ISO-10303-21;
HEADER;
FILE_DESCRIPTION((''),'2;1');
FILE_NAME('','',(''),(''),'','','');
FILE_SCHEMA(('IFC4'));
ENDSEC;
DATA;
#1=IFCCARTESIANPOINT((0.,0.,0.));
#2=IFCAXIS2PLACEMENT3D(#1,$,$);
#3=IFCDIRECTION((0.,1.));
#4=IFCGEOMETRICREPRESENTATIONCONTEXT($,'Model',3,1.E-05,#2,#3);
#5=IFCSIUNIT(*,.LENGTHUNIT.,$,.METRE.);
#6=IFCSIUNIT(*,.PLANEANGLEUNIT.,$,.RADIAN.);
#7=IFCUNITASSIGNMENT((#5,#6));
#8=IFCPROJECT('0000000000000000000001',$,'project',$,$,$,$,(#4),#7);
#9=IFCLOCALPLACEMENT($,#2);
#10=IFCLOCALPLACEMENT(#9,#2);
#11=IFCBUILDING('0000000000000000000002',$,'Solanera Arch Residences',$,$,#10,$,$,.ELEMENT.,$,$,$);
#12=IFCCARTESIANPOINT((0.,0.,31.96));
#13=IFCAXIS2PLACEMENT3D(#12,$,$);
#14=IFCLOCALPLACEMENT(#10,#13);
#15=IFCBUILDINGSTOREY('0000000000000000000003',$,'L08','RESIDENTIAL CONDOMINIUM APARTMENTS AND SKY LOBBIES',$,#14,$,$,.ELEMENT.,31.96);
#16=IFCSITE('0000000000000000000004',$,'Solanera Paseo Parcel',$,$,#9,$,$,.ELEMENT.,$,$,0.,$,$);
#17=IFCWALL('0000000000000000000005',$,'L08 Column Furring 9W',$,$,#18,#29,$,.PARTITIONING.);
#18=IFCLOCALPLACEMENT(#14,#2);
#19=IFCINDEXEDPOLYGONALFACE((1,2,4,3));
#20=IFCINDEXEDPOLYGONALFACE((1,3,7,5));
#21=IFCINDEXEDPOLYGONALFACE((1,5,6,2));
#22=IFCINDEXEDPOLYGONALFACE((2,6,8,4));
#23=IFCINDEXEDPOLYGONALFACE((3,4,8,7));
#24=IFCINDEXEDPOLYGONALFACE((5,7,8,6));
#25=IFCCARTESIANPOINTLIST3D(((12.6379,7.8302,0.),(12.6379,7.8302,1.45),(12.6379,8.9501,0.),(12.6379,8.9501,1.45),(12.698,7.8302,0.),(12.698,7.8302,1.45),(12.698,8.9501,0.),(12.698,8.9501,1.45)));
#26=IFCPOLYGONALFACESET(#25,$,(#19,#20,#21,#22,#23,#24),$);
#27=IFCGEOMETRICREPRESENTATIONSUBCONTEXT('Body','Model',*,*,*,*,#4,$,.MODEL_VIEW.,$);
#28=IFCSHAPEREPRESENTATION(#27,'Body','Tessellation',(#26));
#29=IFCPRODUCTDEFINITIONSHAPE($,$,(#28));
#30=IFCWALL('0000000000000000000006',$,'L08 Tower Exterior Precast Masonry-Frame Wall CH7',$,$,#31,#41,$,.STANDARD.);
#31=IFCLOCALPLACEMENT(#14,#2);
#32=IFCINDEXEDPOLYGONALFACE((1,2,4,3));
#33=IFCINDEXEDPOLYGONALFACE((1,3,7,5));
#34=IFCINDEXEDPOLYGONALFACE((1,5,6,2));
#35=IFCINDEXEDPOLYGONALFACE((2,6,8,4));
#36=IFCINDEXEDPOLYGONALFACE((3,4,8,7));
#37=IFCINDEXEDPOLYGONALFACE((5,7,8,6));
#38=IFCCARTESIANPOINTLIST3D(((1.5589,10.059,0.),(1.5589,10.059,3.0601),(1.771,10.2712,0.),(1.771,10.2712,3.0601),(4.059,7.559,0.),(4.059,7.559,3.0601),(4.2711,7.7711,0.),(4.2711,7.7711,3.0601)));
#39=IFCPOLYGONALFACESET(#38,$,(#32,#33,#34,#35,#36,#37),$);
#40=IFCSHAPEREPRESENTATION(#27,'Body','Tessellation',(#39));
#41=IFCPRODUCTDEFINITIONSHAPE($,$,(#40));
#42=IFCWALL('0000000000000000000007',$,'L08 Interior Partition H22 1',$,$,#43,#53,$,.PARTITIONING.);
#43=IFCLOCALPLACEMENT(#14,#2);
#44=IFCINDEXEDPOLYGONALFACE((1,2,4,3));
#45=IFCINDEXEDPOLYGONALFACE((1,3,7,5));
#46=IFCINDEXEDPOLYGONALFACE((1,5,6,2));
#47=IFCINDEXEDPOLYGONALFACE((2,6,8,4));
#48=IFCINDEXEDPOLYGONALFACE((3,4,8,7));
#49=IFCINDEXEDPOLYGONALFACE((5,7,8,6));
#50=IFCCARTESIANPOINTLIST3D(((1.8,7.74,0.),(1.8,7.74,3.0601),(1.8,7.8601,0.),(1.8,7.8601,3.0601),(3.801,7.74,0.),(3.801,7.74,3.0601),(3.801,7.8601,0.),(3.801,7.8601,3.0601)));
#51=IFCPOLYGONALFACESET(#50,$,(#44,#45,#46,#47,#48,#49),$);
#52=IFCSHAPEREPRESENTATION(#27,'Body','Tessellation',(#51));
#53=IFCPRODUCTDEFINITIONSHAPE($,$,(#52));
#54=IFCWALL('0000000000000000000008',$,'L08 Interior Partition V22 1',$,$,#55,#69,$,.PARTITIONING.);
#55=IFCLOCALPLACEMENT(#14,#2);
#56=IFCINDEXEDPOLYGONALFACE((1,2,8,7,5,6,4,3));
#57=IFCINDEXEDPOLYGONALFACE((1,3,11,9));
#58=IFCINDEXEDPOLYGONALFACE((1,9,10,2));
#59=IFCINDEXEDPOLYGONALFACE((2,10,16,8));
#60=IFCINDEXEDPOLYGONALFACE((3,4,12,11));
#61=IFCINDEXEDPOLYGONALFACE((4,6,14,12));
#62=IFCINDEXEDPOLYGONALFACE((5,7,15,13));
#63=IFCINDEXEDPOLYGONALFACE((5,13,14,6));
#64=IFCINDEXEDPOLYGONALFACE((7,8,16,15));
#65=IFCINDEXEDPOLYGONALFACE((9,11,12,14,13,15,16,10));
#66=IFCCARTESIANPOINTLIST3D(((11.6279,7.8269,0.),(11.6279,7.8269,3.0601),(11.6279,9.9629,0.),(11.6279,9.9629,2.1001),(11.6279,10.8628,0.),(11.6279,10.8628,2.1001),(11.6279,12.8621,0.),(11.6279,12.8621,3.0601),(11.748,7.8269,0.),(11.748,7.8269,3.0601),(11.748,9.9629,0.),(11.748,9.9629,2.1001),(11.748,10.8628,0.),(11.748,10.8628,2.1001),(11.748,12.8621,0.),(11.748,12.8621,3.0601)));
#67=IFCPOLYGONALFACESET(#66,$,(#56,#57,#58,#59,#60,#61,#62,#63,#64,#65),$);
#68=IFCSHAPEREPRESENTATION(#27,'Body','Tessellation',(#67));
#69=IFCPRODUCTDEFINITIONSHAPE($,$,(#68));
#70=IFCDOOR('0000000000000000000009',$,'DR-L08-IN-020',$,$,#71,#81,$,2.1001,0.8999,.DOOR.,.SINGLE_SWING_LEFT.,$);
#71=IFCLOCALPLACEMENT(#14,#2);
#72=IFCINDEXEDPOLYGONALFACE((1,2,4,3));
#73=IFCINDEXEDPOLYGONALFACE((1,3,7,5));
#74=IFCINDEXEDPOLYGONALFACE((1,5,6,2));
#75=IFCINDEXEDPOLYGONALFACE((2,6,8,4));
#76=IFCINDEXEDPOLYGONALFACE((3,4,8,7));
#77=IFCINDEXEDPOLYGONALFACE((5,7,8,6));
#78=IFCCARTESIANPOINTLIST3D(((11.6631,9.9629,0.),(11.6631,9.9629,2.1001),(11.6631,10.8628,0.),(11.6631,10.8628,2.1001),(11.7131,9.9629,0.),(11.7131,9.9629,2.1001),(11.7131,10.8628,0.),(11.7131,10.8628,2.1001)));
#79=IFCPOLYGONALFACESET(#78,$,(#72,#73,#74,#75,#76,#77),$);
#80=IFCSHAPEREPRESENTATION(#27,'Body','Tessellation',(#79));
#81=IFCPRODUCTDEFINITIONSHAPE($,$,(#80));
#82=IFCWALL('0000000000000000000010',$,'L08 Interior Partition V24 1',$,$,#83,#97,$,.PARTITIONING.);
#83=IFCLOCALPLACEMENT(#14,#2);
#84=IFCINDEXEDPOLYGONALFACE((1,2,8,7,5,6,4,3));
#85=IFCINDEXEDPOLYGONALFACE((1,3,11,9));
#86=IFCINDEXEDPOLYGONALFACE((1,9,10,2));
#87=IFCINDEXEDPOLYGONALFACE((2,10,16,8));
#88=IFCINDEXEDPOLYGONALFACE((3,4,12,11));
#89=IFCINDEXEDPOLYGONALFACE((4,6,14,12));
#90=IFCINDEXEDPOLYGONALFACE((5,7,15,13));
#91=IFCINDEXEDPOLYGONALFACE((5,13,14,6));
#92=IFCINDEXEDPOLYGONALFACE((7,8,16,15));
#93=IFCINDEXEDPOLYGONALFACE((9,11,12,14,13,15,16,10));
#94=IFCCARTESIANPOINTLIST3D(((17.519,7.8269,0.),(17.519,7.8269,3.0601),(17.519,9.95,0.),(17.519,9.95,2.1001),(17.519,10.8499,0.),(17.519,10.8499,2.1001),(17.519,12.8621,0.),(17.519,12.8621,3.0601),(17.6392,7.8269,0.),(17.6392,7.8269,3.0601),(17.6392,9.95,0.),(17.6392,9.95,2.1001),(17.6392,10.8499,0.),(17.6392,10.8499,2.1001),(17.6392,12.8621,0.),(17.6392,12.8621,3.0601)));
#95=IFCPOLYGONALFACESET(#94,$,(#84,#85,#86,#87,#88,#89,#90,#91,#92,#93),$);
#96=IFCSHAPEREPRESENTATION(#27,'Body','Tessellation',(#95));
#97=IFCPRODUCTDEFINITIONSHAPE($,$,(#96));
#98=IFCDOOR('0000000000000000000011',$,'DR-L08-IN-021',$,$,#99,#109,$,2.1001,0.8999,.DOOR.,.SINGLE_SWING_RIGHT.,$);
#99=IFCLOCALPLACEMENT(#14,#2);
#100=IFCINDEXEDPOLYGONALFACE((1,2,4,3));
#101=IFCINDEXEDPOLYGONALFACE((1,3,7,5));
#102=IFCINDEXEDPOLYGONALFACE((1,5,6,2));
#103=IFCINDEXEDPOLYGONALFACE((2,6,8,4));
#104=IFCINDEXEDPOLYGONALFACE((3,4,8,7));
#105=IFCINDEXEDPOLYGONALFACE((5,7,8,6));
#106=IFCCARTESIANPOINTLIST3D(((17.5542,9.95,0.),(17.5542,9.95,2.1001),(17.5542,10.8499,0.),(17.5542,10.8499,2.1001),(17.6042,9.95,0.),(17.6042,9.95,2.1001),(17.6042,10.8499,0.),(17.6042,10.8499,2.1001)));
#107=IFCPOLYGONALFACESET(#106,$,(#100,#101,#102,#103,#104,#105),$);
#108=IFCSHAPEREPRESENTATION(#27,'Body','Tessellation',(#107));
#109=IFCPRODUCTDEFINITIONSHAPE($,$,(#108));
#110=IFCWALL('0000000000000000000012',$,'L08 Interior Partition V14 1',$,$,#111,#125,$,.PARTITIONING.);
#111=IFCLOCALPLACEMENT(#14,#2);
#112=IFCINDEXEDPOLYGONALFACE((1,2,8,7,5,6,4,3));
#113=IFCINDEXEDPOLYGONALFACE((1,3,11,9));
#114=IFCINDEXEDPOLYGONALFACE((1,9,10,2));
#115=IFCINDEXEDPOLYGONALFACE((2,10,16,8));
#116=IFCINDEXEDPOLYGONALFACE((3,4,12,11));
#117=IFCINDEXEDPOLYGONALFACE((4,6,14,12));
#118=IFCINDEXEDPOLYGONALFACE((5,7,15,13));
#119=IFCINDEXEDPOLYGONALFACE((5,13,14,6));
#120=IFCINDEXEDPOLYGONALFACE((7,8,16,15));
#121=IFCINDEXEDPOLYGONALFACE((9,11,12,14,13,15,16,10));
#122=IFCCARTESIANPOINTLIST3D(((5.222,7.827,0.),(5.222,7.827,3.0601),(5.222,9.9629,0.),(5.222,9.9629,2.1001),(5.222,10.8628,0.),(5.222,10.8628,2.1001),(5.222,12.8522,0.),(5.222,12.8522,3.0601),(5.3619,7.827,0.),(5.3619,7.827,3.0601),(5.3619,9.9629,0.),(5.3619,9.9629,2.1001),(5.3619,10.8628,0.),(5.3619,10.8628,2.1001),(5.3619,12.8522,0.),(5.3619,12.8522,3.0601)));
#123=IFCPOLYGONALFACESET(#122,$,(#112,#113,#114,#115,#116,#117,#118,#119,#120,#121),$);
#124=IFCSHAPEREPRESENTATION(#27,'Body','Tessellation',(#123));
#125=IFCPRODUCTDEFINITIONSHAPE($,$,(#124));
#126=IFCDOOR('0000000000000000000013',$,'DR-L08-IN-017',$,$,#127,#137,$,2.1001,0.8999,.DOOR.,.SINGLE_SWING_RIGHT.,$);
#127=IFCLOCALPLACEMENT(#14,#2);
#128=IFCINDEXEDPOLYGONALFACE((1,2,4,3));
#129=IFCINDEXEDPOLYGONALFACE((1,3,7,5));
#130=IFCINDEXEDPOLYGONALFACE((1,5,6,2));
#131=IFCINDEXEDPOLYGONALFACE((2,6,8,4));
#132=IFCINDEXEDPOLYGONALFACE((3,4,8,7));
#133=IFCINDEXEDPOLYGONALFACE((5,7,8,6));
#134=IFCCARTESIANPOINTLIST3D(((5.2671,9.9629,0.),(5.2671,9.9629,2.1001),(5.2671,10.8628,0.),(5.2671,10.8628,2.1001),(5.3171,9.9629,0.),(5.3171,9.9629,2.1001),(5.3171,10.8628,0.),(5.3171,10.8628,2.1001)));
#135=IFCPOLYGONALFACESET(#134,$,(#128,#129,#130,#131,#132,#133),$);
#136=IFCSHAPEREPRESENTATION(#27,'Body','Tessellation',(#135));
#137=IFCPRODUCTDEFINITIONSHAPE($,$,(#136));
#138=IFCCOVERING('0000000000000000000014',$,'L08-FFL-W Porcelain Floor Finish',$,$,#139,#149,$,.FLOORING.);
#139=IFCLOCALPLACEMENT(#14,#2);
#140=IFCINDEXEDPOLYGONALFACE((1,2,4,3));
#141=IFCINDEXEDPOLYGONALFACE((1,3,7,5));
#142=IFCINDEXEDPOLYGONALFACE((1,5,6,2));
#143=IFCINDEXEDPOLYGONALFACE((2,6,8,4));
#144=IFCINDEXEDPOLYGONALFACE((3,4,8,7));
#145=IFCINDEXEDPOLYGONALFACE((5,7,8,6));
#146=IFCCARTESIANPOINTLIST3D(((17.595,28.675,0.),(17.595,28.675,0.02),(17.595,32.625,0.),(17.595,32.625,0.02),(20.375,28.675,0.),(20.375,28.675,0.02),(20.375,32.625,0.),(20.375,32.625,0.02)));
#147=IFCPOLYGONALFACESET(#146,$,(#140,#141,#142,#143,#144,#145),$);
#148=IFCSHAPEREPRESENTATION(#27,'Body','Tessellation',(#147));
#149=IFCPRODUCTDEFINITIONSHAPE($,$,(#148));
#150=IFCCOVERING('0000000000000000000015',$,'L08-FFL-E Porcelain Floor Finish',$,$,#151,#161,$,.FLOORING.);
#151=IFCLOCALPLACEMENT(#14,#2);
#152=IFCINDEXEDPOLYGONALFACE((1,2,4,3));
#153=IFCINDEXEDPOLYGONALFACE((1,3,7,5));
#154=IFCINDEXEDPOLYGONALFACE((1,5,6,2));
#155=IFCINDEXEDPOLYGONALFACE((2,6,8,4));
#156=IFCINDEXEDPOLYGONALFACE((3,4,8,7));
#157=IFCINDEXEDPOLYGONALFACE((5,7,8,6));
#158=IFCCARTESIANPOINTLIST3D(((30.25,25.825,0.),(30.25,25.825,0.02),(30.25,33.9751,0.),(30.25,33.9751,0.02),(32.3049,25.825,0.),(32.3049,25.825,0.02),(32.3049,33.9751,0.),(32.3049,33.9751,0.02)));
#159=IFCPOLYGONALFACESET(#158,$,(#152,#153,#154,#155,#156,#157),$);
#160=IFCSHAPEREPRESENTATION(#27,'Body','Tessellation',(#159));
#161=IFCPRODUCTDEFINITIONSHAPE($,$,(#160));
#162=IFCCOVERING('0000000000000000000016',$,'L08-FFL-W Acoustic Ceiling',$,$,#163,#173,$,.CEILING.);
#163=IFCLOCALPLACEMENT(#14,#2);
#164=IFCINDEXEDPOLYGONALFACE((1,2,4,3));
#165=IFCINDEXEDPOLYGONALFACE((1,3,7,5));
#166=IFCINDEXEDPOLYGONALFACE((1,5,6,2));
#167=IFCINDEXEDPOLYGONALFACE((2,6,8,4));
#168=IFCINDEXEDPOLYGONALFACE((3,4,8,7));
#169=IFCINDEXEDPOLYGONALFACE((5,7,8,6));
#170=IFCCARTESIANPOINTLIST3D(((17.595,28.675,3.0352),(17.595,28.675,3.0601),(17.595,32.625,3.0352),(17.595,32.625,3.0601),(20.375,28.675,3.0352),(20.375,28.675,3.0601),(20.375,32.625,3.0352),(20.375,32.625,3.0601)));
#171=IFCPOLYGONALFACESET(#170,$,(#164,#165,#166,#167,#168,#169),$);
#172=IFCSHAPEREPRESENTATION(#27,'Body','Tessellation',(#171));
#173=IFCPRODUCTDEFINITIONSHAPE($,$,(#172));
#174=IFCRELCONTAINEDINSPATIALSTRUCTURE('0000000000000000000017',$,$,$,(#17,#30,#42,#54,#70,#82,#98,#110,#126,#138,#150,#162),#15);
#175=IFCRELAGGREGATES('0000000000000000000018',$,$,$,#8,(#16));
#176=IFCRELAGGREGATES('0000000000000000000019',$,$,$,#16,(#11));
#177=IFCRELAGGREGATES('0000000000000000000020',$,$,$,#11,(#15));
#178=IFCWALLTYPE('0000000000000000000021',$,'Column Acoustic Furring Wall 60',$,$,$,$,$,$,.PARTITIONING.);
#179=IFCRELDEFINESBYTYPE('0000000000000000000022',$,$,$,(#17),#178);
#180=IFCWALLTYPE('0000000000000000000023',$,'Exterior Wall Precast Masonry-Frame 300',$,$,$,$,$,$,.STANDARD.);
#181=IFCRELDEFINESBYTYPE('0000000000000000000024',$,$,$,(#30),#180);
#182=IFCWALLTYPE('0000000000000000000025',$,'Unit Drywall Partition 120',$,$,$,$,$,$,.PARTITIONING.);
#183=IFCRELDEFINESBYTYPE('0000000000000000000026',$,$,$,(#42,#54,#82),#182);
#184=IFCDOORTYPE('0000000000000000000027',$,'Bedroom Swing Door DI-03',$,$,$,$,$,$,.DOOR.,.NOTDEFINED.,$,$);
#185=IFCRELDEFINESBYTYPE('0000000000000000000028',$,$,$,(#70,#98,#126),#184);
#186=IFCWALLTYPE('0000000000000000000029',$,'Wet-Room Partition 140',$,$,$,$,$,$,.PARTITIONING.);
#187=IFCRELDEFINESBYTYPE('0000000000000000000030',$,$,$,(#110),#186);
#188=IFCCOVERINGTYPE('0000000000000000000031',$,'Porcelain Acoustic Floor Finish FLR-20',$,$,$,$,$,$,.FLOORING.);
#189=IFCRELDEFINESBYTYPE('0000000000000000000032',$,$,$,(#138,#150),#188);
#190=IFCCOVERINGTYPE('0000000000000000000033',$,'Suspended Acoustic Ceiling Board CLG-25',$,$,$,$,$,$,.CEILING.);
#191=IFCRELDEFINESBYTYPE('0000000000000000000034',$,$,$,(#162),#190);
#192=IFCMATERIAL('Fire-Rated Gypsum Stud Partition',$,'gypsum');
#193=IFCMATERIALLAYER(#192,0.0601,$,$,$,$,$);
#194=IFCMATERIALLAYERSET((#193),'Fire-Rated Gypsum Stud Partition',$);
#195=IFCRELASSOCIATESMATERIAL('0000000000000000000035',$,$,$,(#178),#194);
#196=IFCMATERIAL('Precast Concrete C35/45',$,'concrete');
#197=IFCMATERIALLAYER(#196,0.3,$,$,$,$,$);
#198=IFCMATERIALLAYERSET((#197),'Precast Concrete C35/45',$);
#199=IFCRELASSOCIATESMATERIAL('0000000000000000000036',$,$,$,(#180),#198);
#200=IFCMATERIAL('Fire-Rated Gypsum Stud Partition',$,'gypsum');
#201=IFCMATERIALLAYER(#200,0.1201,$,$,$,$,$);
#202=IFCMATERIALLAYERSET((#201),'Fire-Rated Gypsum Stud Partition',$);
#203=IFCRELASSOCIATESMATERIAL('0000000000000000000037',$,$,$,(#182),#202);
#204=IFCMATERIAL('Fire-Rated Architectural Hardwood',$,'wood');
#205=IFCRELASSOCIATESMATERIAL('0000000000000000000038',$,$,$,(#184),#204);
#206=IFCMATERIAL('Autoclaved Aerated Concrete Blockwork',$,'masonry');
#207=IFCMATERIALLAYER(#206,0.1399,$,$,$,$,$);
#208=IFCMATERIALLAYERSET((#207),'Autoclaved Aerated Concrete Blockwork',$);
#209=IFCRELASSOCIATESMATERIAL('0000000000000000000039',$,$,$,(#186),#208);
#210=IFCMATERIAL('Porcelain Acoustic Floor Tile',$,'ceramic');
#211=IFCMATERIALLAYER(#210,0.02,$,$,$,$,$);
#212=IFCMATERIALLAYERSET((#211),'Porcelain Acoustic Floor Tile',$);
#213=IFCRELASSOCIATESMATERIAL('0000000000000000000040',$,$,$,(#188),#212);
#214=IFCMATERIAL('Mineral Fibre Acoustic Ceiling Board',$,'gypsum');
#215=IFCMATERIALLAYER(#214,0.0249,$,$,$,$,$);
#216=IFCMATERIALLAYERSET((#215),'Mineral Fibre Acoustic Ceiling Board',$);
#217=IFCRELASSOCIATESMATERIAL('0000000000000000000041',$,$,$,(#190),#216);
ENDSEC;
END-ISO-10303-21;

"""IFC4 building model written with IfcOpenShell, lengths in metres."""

from ifc_helpers import new_model, si_unit, direction, frame, frame_2d, origin, place, context, subcontext, project, spatial, polyline, rectangle, outline, extrude, material, layer, layer_set, type_object, element, fill, save


model = new_model("IFC4")

# Units and contexts
model_context = context("Model", 3, precision=1e-05, world=origin(), true_north=direction((0.0, 1.0)))
body_context = subcontext(model_context, "Body", "Model", "MODEL_VIEW")
ifc_project = project(units=[si_unit("LENGTHUNIT", "METRE"), si_unit("PLANEANGLEUNIT", "RADIAN")], contexts=[model_context])

# Site, building, storey
site_placement = place(None, origin())
site = spatial("IfcSite", under=ifc_project, at=site_placement, Name="Solanera Paseo Parcel", CompositionType="ELEMENT", RefElevation=0.0)
building_placement = place(site_placement, origin())
building = spatial("IfcBuilding", under=site, at=building_placement, Name="Solanera Arch Residences", CompositionType="ELEMENT")
storey_placement = place(building_placement, frame((0.0, 0.0, 31.96)))
storey = spatial("IfcBuildingStorey", under=building, at=storey_placement, Name="L08", Description="RESIDENTIAL CONDOMINIUM APARTMENTS AND SKY LOBBIES", CompositionType="ELEMENT", Elevation=31.96)

# Walls
ifc_material_1 = material(Name="Fire-Rated Gypsum Stud Partition", Category="gypsum")
ifc_layer_1 = layer(ifc_material_1, 0.0601)
ifc_layer_set_1 = layer_set([ifc_layer_1], Name="Fire-Rated Gypsum Stud Partition")
wall_type_1 = type_object("IfcWallType", Name="Column Acoustic Furring Wall 60", PredefinedType="PARTITIONING", material=ifc_layer_set_1)
wall_1_placement = place(storey_placement, frame((12.668, 7.8301, 0.0), z_axis=(0.0, 0.0, 1.0), x_axis=(0.0, 1.0, 0.0)))
element("IfcWall", 1, at=wall_1_placement, inside=storey, type_object=wall_type_1, Name="L08 Column Furring 9W", PredefinedType="PARTITIONING", context=body_context, shape_type="SweptSolid", body=[
    extrude(rectangle(XDim=1.1199, YDim=0.0601, at=frame_2d((0.5601, 0.0))), origin(), (0.0, 0.0, 1.0), 1.45),
])
ifc_material_2 = material(Name="Precast Concrete C35/45", Category="concrete")
ifc_layer_2 = layer(ifc_material_2, 0.3)
ifc_layer_set_2 = layer_set([ifc_layer_2], Name="Precast Concrete C35/45")
wall_type_2 = type_object("IfcWallType", Name="Exterior Wall Precast Masonry-Frame 300", PredefinedType="STANDARD", material=ifc_layer_set_2)
wall_2_placement = place(storey_placement, frame((4.165, 7.665, 0.0), z_axis=(0.0, 0.0, 1.0), x_axis=(-0.707107, 0.707107, 0.0)))
element("IfcWall", 2, at=wall_2_placement, inside=storey, type_object=wall_type_2, Name="L08 Tower Exterior Precast Masonry-Frame Wall CH7", PredefinedType="STANDARD", context=body_context, shape_type="SweptSolid", body=[
    extrude(rectangle(XDim=3.5356, YDim=0.3, at=frame_2d((1.7678, 0.0))), origin(), (0.0, 0.0, 1.0), 3.0601),
])
ifc_material_3 = material(Name="Fire-Rated Gypsum Stud Partition", Category="gypsum")
ifc_layer_3 = layer(ifc_material_3, 0.1201)
ifc_layer_set_3 = layer_set([ifc_layer_3], Name="Fire-Rated Gypsum Stud Partition")
wall_type_3 = type_object("IfcWallType", Name="Unit Drywall Partition 120", PredefinedType="PARTITIONING", material=ifc_layer_set_3)
wall_3_placement = place(storey_placement, frame((1.8, 7.8, 0.0), z_axis=(0.0, 0.0, 1.0), x_axis=(1.0, 0.0, 0.0)))
element("IfcWall", 3, at=wall_3_placement, inside=storey, type_object=wall_type_3, Name="L08 Interior Partition H22 1", PredefinedType="PARTITIONING", context=body_context, shape_type="SweptSolid", body=[
    extrude(rectangle(XDim=2.001, YDim=0.1201, at=frame_2d((1.0005, 0.0))), origin(), (0.0, 0.0, 1.0), 3.0601),
])

# Walls, openings, doors
wall_4_placement = place(storey_placement, frame((11.688, 7.8269, 0.0), z_axis=(0.0, 0.0, 1.0), x_axis=(0.0, 1.0, 0.0)))
wall_4 = element("IfcWall", 4, at=wall_4_placement, inside=storey, type_object=wall_type_3, Name="L08 Interior Partition V22 1", PredefinedType="PARTITIONING", context=body_context, shape_type="SweptSolid", body=[
    extrude(rectangle(XDim=5.0352, YDim=0.1201, at=frame_2d((2.5176, 0.0))), origin(), (0.0, 0.0, 1.0), 3.0601),
])
opening_1_placement = place(wall_4_placement, frame((2.136, 0.0, 0.0)))
opening_1 = element("IfcOpeningElement", 5, at=opening_1_placement, cuts=wall_4, PredefinedType="OPENING", context=body_context, shape_type="SweptSolid", body=[
    extrude(rectangle(XDim=0.8999, YDim=2.1001, at=frame_2d((0.45, 1.05))), frame((0.0, 0.0701, 0.0), z_axis=(0.0, -1.0, 0.0), x_axis=(1.0, 0.0, 0.0)), (0.0, 0.0, 1.0), 0.1401),
])
ifc_material_4 = material(Name="Fire-Rated Architectural Hardwood", Category="wood")
door_type = type_object("IfcDoorType", Name="Bedroom Swing Door DI-03", OperationType="NOTDEFINED", PredefinedType="DOOR", material=ifc_material_4)
door_1_placement = place(opening_1_placement, origin())
door_1 = element("IfcDoor", 6, at=door_1_placement, inside=storey, type_object=door_type, Name="DR-L08-IN-020", OperationType="SINGLE_SWING_LEFT", OverallHeight=2.1001, OverallWidth=0.8999, PredefinedType="DOOR", context=body_context, shape_type="SweptSolid", body=[
    extrude(rectangle(XDim=0.8999, YDim=2.1001, at=frame_2d((0.45, 1.05))), frame((0.0, 0.0249, 0.0), z_axis=(0.0, -1.0, 0.0), x_axis=(1.0, 0.0, 0.0)), (0.0, 0.0, 1.0), 0.05),
])
fill(opening_1, door_1)
wall_5_placement = place(storey_placement, frame((17.5791, 7.8269, 0.0), z_axis=(0.0, 0.0, 1.0), x_axis=(0.0, 1.0, 0.0)))
wall_5 = element("IfcWall", 7, at=wall_5_placement, inside=storey, type_object=wall_type_3, Name="L08 Interior Partition V24 1", PredefinedType="PARTITIONING", context=body_context, shape_type="SweptSolid", body=[
    extrude(rectangle(XDim=5.0352, YDim=0.1201, at=frame_2d((2.5176, 0.0))), origin(), (0.0, 0.0, 1.0), 3.0601),
])
opening_2_placement = place(wall_5_placement, frame((2.123, 0.0, 0.0)))
opening_2 = element("IfcOpeningElement", 8, at=opening_2_placement, cuts=wall_5, PredefinedType="OPENING", context=body_context, shape_type="SweptSolid", body=[
    extrude(rectangle(XDim=0.8999, YDim=2.1001, at=frame_2d((0.45, 1.05))), frame((0.0, 0.0701, 0.0), z_axis=(0.0, -1.0, 0.0), x_axis=(1.0, 0.0, 0.0)), (0.0, 0.0, 1.0), 0.1401),
])
door_2_placement = place(opening_2_placement, origin())
door_2 = element("IfcDoor", 9, at=door_2_placement, inside=storey, type_object=door_type, Name="DR-L08-IN-021", OperationType="SINGLE_SWING_RIGHT", OverallHeight=2.1001, OverallWidth=0.8999, PredefinedType="DOOR", context=body_context, shape_type="SweptSolid", body=[
    extrude(rectangle(XDim=0.8999, YDim=2.1001, at=frame_2d((0.45, 1.05))), frame((0.0, 0.0249, 0.0), z_axis=(0.0, -1.0, 0.0), x_axis=(1.0, 0.0, 0.0)), (0.0, 0.0, 1.0), 0.05),
])
fill(opening_2, door_2)
ifc_material_5 = material(Name="Autoclaved Aerated Concrete Blockwork", Category="masonry")
ifc_layer_4 = layer(ifc_material_5, 0.1399)
ifc_layer_set_4 = layer_set([ifc_layer_4], Name="Autoclaved Aerated Concrete Blockwork")
wall_type_4 = type_object("IfcWallType", Name="Wet-Room Partition 140", PredefinedType="PARTITIONING", material=ifc_layer_set_4)
wall_6_placement = place(storey_placement, frame((5.292, 7.8269, 0.0), z_axis=(0.0, 0.0, 1.0), x_axis=(0.0, 1.0, 0.0)))
wall_6 = element("IfcWall", 10, at=wall_6_placement, inside=storey, type_object=wall_type_4, Name="L08 Interior Partition V14 1", PredefinedType="PARTITIONING", context=body_context, shape_type="SweptSolid", body=[
    extrude(rectangle(XDim=5.0251, YDim=0.1399, at=frame_2d((2.5127, 0.0))), origin(), (0.0, 0.0, 1.0), 3.0601),
])
opening_3_placement = place(wall_6_placement, frame((2.136, 0.0, 0.0)))
opening_3 = element("IfcOpeningElement", 11, at=opening_3_placement, cuts=wall_6, PredefinedType="OPENING", context=body_context, shape_type="SweptSolid", body=[
    extrude(rectangle(XDim=0.8999, YDim=2.1001, at=frame_2d((0.45, 1.05))), frame((0.0, 0.0798, 0.0), z_axis=(0.0, -1.0, 0.0), x_axis=(1.0, 0.0, 0.0)), (0.0, 0.0, 1.0), 0.1599),
])
door_3_placement = place(opening_3_placement, origin())
door_3 = element("IfcDoor", 12, at=door_3_placement, inside=storey, type_object=door_type, Name="DR-L08-IN-017", OperationType="SINGLE_SWING_RIGHT", OverallHeight=2.1001, OverallWidth=0.8999, PredefinedType="DOOR", context=body_context, shape_type="SweptSolid", body=[
    extrude(rectangle(XDim=0.8999, YDim=2.1001, at=frame_2d((0.45, 1.05))), frame((0.0, 0.0249, 0.0), z_axis=(0.0, -1.0, 0.0), x_axis=(1.0, 0.0, 0.0)), (0.0, 0.0, 1.0), 0.05),
])
fill(opening_3, door_3)

# Coverings
ifc_material_6 = material(Name="Porcelain Acoustic Floor Tile", Category="ceramic")
ifc_layer_5 = layer(ifc_material_6, 0.02)
ifc_layer_set_5 = layer_set([ifc_layer_5], Name="Porcelain Acoustic Floor Tile")
covering_type_1 = type_object("IfcCoveringType", Name="Porcelain Acoustic Floor Finish FLR-20", PredefinedType="FLOORING", material=ifc_layer_set_5)
covering_1_placement = place(storey_placement, origin())
element("IfcCovering", 13, at=covering_1_placement, inside=storey, type_object=covering_type_1, Name="L08-FFL-W Porcelain Floor Finish", PredefinedType="FLOORING", context=body_context, shape_type="SweptSolid", body=[
    extrude(outline(polyline([(20.375, 28.675), (17.595, 28.675), (17.595, 32.625), (20.375, 32.625), (20.375, 28.675)])), origin(), (0.0, 0.0, 1.0), 0.02),
])
covering_2_placement = place(storey_placement, origin())
element("IfcCovering", 14, at=covering_2_placement, inside=storey, type_object=covering_type_1, Name="L08-FFL-E Porcelain Floor Finish", PredefinedType="FLOORING", context=body_context, shape_type="SweptSolid", body=[
    extrude(outline(polyline([(32.3049, 25.825), (30.25, 25.825), (30.25, 33.9751), (32.3049, 33.9751), (32.3049, 25.825)])), origin(), (0.0, 0.0, 1.0), 0.02),
])
ifc_material_7 = material(Name="Mineral Fibre Acoustic Ceiling Board", Category="gypsum")
ifc_layer_6 = layer(ifc_material_7, 0.0249)
ifc_layer_set_6 = layer_set([ifc_layer_6], Name="Mineral Fibre Acoustic Ceiling Board")
covering_type_2 = type_object("IfcCoveringType", Name="Suspended Acoustic Ceiling Board CLG-25", PredefinedType="CEILING", material=ifc_layer_set_6)
covering_3_placement = place(storey_placement, frame((0.0, 0.0, 3.0352)))
element("IfcCovering", 15, at=covering_3_placement, inside=storey, type_object=covering_type_2, Name="L08-FFL-W Acoustic Ceiling", PredefinedType="CEILING", context=body_context, shape_type="SweptSolid", body=[
    extrude(outline(polyline([(20.375, 28.675), (17.595, 28.675), (17.595, 32.625), (20.375, 32.625), (20.375, 28.675)])), origin(), (0.0, 0.0, 1.0), 0.0249),
])

save(model, "model.ifc")
